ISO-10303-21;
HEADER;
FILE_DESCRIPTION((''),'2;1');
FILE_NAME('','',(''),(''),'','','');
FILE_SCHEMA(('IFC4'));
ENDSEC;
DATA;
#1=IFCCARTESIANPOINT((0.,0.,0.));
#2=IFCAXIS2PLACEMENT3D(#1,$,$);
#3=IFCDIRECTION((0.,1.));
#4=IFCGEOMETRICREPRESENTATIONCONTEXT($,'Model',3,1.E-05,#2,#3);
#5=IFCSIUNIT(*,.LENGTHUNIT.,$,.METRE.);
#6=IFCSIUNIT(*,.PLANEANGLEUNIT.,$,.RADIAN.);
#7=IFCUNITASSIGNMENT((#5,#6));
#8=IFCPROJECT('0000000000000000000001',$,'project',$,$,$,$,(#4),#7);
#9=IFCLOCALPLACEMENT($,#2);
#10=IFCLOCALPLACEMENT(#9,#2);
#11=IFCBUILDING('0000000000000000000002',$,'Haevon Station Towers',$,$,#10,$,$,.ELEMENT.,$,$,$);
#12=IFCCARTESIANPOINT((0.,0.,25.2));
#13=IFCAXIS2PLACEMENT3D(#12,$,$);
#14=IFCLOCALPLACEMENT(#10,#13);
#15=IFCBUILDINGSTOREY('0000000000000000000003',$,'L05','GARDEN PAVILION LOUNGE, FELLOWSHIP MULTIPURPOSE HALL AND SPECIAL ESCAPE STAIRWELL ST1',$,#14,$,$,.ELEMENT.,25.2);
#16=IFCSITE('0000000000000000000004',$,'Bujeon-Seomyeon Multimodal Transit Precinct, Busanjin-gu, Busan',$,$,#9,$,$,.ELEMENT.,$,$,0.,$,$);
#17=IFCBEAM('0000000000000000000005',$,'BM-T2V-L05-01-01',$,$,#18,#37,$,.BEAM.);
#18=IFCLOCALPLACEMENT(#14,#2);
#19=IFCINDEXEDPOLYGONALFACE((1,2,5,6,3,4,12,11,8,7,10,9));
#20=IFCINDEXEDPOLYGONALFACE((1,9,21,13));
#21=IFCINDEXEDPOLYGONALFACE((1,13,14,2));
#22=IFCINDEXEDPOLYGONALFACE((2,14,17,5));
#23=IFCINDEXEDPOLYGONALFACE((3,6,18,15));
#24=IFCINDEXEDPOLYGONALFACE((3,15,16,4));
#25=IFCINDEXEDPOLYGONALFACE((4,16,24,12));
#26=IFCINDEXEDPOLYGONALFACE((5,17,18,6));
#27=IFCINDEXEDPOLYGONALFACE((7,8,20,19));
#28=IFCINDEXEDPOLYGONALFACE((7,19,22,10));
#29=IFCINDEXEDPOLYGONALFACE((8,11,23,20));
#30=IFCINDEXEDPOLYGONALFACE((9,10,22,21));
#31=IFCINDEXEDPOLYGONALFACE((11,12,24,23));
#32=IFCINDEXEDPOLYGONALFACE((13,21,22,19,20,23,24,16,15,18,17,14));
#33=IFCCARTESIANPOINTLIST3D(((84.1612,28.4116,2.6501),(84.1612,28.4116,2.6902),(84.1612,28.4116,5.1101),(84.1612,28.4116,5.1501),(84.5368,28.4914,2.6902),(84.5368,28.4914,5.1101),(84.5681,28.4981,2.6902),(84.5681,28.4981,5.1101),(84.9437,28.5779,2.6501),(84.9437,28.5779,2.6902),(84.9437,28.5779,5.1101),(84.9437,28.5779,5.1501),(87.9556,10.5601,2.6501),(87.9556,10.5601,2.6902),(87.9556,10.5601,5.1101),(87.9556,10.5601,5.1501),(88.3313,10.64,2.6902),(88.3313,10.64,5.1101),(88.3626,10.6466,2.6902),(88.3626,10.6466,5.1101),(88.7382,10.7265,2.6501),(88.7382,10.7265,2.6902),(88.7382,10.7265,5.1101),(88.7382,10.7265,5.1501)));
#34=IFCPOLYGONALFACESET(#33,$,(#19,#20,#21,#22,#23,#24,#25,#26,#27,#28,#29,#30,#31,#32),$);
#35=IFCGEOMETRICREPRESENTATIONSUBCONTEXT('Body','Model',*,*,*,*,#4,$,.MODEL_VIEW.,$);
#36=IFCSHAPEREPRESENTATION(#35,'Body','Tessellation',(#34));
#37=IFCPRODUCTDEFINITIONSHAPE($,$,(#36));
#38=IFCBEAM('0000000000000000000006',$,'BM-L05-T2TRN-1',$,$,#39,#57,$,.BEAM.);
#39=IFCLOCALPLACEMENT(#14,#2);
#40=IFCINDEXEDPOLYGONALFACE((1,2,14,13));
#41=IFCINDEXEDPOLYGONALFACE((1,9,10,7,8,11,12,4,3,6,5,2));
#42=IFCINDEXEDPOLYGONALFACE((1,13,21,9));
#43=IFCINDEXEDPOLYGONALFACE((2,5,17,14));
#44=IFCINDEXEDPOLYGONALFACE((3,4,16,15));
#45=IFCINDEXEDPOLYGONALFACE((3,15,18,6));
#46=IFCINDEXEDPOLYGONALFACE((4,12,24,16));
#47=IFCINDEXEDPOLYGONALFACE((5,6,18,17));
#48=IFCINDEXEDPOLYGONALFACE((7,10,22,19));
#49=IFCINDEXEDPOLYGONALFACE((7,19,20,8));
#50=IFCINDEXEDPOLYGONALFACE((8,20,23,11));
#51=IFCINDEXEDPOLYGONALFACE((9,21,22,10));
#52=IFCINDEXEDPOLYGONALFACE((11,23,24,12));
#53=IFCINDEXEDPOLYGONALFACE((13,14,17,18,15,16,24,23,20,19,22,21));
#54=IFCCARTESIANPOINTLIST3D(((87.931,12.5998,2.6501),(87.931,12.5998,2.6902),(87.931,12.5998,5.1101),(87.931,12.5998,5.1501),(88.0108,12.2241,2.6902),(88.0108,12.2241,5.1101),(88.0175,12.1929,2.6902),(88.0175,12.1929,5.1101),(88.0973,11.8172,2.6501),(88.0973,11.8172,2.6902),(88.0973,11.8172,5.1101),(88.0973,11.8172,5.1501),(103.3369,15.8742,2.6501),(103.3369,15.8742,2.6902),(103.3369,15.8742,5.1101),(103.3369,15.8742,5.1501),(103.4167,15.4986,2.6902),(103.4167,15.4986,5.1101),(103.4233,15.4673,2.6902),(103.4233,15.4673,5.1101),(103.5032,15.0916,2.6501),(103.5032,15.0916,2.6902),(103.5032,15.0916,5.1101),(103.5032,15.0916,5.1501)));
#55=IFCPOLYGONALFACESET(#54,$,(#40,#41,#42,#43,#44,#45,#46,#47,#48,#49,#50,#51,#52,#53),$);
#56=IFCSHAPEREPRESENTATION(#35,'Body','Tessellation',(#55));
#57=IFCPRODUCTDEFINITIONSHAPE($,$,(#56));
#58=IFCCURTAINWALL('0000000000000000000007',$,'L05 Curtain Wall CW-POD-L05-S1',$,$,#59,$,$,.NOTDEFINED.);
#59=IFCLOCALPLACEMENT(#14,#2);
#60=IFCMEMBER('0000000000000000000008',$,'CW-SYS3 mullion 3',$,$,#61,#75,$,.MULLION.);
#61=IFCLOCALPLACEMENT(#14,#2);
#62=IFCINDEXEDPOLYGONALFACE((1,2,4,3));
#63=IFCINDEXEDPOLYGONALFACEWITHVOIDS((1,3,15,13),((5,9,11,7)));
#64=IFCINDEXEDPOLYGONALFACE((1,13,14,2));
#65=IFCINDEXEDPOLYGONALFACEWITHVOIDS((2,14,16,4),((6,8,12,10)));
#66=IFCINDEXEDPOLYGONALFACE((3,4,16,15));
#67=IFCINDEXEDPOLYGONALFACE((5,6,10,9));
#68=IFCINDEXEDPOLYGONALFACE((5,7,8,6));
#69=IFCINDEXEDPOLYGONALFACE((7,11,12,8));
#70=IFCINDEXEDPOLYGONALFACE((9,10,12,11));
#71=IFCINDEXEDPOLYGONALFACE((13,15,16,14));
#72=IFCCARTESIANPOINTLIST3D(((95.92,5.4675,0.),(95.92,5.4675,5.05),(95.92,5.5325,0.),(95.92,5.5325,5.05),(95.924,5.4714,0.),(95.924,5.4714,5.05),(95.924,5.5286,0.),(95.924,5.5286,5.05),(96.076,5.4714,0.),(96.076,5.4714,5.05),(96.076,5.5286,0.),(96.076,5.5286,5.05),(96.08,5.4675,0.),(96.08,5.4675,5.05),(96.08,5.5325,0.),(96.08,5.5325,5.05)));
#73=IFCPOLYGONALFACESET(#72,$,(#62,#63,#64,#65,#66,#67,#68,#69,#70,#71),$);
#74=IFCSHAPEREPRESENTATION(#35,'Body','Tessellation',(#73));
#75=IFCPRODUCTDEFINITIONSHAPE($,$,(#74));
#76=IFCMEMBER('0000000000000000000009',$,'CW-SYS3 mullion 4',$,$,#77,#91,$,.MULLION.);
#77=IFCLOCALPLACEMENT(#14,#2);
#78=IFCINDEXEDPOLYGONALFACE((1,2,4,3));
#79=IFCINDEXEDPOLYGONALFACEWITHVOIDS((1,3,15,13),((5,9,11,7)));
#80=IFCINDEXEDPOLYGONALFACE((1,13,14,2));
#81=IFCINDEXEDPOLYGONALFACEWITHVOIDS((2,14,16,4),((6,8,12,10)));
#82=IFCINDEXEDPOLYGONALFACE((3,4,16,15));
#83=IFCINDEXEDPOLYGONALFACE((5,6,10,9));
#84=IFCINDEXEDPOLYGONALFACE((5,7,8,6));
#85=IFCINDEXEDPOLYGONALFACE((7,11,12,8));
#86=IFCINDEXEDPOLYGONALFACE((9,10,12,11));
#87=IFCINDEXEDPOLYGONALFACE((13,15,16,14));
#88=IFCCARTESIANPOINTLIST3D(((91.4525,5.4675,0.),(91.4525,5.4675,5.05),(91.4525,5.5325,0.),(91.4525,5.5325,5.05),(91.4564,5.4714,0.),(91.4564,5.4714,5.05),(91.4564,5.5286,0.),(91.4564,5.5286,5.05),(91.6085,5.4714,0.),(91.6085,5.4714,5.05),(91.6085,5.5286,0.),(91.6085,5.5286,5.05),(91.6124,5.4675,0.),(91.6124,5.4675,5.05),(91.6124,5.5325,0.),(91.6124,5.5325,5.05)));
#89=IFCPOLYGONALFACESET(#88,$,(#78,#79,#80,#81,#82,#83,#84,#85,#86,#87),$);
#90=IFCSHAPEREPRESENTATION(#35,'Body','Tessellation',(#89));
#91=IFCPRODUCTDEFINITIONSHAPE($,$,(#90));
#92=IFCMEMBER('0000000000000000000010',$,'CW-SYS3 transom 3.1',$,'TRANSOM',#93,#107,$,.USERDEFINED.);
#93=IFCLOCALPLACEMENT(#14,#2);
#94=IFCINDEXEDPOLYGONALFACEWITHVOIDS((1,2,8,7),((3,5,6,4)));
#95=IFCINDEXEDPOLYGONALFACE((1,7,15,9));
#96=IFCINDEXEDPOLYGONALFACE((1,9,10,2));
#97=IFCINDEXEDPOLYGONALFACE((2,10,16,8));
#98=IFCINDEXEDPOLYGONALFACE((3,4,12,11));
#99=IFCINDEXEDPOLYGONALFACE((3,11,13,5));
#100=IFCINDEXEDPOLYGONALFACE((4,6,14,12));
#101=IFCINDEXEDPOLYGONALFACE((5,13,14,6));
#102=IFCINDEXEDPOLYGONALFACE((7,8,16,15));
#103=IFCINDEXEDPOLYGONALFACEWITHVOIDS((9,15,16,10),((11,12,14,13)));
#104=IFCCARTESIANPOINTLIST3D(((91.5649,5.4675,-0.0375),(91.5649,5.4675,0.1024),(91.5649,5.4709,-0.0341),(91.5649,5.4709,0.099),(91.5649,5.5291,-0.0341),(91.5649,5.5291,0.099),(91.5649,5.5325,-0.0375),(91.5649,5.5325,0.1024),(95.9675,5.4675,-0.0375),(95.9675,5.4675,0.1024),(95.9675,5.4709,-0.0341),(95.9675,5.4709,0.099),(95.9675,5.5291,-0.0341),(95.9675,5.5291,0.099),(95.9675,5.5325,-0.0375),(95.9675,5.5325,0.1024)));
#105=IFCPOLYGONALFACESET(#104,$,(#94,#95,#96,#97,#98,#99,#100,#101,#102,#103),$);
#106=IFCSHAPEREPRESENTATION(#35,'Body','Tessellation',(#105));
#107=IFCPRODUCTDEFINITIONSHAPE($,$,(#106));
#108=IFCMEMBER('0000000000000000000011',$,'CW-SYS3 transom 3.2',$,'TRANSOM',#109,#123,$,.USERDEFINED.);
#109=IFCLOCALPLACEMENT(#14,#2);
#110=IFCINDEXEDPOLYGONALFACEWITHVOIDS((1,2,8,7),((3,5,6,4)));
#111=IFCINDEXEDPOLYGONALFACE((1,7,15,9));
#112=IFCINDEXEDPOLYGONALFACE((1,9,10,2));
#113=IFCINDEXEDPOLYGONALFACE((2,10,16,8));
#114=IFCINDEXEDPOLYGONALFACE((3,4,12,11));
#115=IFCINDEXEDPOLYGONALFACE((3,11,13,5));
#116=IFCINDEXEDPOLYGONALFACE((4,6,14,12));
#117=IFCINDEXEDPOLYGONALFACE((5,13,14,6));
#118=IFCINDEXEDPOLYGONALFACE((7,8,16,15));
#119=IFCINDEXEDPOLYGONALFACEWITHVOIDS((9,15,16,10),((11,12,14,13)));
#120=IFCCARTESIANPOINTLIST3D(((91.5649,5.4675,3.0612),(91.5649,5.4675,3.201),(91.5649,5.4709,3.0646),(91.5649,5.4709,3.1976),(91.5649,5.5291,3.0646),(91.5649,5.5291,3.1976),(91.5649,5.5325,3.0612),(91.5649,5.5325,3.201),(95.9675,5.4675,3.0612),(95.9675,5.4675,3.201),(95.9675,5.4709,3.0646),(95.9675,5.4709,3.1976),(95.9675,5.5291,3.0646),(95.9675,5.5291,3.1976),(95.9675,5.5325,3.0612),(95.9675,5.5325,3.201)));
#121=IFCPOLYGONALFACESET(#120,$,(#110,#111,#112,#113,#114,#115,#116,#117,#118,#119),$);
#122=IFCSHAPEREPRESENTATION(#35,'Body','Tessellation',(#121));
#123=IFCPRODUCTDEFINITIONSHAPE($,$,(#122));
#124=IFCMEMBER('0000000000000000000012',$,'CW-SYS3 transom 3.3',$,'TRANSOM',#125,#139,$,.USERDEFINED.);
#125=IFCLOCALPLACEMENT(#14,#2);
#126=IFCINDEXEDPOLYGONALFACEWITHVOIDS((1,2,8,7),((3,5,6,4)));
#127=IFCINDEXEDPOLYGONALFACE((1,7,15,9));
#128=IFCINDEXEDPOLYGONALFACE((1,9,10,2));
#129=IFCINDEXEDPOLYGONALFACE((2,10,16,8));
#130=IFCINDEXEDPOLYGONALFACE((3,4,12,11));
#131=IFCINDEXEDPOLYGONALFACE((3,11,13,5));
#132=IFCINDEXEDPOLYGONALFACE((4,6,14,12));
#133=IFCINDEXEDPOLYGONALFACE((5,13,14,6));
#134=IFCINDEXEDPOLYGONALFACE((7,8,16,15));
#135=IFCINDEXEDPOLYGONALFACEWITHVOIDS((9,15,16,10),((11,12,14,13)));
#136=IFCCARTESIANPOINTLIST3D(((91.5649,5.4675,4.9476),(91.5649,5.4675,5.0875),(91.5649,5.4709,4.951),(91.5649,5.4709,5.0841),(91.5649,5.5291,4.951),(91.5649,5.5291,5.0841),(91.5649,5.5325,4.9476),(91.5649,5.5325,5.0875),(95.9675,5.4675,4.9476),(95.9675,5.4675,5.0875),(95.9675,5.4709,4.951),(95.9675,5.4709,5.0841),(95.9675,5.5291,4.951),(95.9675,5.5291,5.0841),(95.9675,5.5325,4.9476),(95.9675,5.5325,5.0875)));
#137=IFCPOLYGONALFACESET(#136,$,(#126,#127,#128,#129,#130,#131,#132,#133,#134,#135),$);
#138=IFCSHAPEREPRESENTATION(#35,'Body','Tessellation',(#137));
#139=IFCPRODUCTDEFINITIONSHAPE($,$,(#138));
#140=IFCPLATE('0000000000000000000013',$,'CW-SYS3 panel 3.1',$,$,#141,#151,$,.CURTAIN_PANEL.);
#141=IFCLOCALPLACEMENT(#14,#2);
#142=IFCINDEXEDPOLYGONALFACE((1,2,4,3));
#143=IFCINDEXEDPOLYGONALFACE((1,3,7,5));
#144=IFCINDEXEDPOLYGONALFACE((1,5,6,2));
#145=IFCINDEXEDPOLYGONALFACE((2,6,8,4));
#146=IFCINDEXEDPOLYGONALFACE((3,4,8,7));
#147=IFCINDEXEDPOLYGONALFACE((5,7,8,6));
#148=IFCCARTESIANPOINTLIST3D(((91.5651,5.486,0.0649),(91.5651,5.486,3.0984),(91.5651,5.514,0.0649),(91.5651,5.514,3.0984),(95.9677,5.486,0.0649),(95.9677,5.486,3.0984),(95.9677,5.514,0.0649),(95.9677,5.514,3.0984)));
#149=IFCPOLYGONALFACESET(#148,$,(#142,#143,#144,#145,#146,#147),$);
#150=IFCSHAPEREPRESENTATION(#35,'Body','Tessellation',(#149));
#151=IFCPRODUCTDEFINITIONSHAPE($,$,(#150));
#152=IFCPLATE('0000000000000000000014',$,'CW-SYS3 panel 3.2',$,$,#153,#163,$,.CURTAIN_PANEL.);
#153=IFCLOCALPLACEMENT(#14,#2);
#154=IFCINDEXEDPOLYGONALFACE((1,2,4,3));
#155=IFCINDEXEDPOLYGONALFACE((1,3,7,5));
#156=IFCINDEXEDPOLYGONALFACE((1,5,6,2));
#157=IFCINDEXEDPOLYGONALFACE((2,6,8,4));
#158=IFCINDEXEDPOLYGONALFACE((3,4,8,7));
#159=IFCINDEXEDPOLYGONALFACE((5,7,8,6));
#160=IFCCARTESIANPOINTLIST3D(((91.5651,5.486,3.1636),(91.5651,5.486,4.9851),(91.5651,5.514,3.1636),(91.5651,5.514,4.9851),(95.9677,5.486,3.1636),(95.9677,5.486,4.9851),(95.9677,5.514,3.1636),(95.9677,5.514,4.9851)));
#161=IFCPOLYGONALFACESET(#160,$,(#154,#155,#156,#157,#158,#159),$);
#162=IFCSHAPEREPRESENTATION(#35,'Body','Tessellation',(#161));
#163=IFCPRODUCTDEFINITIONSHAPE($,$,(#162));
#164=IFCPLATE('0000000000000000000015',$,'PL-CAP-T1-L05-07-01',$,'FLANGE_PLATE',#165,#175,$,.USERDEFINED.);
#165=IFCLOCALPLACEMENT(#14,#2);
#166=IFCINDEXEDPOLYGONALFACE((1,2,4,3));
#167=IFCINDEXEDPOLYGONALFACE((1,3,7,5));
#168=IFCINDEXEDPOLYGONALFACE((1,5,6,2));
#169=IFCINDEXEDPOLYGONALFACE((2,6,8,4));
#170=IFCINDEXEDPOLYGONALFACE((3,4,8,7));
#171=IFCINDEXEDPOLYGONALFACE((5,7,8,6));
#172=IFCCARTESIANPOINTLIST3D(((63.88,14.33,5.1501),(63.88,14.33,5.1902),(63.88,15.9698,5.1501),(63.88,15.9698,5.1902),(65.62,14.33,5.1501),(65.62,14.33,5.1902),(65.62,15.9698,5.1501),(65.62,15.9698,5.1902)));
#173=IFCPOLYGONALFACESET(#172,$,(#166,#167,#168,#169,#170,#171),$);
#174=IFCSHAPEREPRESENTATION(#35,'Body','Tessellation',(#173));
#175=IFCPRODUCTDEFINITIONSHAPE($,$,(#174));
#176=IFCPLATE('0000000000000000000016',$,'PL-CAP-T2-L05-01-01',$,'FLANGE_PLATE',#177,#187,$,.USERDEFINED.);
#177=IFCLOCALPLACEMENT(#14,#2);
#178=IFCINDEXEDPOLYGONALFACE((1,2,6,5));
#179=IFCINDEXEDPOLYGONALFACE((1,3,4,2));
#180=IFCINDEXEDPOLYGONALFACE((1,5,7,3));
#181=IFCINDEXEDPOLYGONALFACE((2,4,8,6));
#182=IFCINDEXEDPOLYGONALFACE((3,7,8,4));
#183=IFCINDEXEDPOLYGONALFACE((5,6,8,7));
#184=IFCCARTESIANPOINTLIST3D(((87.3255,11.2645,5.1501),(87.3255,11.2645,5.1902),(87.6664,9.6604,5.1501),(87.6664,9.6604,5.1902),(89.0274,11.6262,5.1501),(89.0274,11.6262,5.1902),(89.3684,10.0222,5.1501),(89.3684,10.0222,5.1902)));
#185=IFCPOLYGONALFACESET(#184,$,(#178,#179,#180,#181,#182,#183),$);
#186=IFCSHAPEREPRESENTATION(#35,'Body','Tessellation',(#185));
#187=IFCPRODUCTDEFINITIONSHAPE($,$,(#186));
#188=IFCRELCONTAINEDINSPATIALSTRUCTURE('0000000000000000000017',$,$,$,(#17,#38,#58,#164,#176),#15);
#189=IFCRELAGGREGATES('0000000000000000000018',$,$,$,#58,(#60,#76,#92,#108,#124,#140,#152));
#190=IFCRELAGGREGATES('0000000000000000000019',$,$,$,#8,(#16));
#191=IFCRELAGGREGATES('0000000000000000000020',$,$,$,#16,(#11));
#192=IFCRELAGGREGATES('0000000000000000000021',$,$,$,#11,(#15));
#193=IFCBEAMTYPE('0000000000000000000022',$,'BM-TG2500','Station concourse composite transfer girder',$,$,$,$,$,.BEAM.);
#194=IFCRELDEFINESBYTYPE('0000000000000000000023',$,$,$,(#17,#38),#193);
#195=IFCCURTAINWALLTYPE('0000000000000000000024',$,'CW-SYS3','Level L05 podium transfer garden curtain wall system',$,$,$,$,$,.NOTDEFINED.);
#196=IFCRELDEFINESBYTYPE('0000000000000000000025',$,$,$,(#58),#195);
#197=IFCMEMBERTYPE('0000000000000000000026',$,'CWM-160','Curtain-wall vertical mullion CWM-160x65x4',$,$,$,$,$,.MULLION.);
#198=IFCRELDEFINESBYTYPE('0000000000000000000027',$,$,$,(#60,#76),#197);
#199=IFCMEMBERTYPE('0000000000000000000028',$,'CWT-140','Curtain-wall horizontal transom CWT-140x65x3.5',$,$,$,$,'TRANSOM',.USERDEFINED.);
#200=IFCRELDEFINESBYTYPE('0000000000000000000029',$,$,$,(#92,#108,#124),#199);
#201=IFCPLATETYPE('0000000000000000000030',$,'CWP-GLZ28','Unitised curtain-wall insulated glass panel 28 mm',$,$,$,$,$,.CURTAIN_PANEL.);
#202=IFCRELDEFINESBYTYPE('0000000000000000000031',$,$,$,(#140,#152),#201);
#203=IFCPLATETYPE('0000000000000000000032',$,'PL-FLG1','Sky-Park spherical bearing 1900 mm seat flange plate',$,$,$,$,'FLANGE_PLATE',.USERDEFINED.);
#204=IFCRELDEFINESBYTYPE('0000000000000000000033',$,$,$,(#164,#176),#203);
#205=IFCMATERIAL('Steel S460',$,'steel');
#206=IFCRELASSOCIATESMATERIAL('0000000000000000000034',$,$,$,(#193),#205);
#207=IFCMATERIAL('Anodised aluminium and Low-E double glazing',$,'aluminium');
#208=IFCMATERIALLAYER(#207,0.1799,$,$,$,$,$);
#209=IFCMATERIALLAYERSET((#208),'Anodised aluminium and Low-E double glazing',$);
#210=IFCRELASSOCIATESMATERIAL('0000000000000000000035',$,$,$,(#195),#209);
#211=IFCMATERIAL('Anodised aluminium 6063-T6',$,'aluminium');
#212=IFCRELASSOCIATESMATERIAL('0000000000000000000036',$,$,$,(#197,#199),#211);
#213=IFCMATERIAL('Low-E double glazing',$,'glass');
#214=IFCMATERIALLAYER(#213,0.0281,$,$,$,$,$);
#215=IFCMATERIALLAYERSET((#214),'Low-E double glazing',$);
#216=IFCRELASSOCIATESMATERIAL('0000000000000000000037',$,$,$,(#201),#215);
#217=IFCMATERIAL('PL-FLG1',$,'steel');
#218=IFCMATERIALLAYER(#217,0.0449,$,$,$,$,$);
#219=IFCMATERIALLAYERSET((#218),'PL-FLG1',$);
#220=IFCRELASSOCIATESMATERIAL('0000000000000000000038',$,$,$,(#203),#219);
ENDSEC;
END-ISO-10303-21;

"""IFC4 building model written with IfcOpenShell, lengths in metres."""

from ifc_helpers import new_model, si_unit, direction, frame, origin, origin_2d, place, context, subcontext, project, spatial, rectangle, hollow_rectangle, i_section, extrude, material, layer, layer_set, material_profile, profile_set, type_object, element, aggregate, save


model = new_model("IFC4")

# Units and contexts
model_context = context("Model", 3, precision=1e-05, world=origin(), true_north=direction((0.0, 1.0)))
body_context = subcontext(model_context, "Body", "Model", "MODEL_VIEW")
ifc_project = project(units=[si_unit("LENGTHUNIT", "METRE"), si_unit("PLANEANGLEUNIT", "RADIAN")], contexts=[model_context])

# Site, building, storey
site_placement = place(None, origin())
site = spatial("IfcSite", under=ifc_project, at=site_placement, Name="Bujeon-Seomyeon Multimodal Transit Precinct, Busanjin-gu, Busan", CompositionType="ELEMENT", RefElevation=0.0)
building_placement = place(site_placement, origin())
building = spatial("IfcBuilding", under=site, at=building_placement, Name="Haevon Station Towers", CompositionType="ELEMENT")
storey_placement = place(building_placement, frame((0.0, 0.0, 25.2)))
storey = spatial("IfcBuildingStorey", under=building, at=storey_placement, Name="L05", Description="GARDEN PAVILION LOUNGE, FELLOWSHIP MULTIPURPOSE HALL AND SPECIAL ESCAPE STAIRWELL ST1", CompositionType="ELEMENT", Elevation=25.2)

# Shared definitions
ifc_material_1 = material(Name="Steel S460", Category="steel")

# Beams
ifc_material_profile_1 = material_profile(ifc_material_1, i_section(OverallWidth=0.8, OverallDepth=2.5, WebThickness=0.032, FlangeThickness=0.04, at=origin_2d()), Name="H-2500x800x32x40")
ifc_profile_set_1 = profile_set([ifc_material_profile_1], Name="Steel S460")
beam_type_1 = type_object("IfcBeamType", Name="BM-TG2500", Description="Station concourse composite transfer girder", PredefinedType="BEAM", material=ifc_profile_set_1)
beam_1_placement = place(storey_placement, frame((88.3469, 10.6433, 3.9001), z_axis=(-0.207913, 0.978147, 0.0), x_axis=(-0.978147, -0.207913, 0.0)))
element("IfcBeam", 1, at=beam_1_placement, inside=storey, type_object=beam_type_1, Name="BM-T2V-L05-01-01", PredefinedType="BEAM", context=body_context, shape_type="SweptSolid", body=[
    extrude(i_section(OverallWidth=0.8, OverallDepth=2.5, WebThickness=0.032, FlangeThickness=0.04, at=origin_2d()), origin(), (0.0, 0.0, 1.0), 18.2502),
])
beam_2_placement = place(storey_placement, frame((88.0142, 12.2085, 3.9001), z_axis=(0.97815, 0.207901, 0.0), x_axis=(-0.207901, 0.97815, 0.0)))
element("IfcBeam", 2, at=beam_2_placement, inside=storey, type_object=beam_type_1, Name="BM-L05-T2TRN-1", PredefinedType="BEAM", context=body_context, shape_type="SweptSolid", body=[
    extrude(i_section(OverallWidth=0.8, OverallDepth=2.5, WebThickness=0.032, FlangeThickness=0.04, at=origin_2d()), origin(), (0.0, 0.0, 1.0), 15.75),
])

# Curtain wall, members, plates
ifc_material_2 = material(Name="Anodised aluminium and Low-E double glazing", Category="aluminium")
ifc_layer_1 = layer(ifc_material_2, 0.1799)
ifc_layer_set_1 = layer_set([ifc_layer_1], Name="Anodised aluminium and Low-E double glazing")
curtain_wall_type = type_object("IfcCurtainWallType", Name="CW-SYS3", Description="Level L05 podium transfer garden curtain wall system", PredefinedType="NOTDEFINED", material=ifc_layer_set_1)
curtain_wall_placement = place(storey_placement, origin())
curtain_wall = element("IfcCurtainWall", 3, at=curtain_wall_placement, inside=storey, type_object=curtain_wall_type, Name="L05 Curtain Wall CW-POD-L05-S1", PredefinedType="NOTDEFINED")
ifc_material_3 = material(Name="Anodised aluminium 6063-T6", Category="aluminium")
ifc_material_profile_2 = material_profile(ifc_material_3, hollow_rectangle(XDim=0.0649, YDim=0.1599, WallThickness=0.0039, at=origin_2d()), Name="CWM-160x65x4")
ifc_profile_set_2 = profile_set([ifc_material_profile_2], Name="Anodised aluminium 6063-T6")
member_type_1 = type_object("IfcMemberType", Name="CWM-160", Description="Curtain-wall vertical mullion CWM-160x65x4", PredefinedType="MULLION", material=ifc_profile_set_2)
member_1_placement = place(storey_placement, frame((96.0, 5.5, 0.0), z_axis=(0.0, 0.0, 1.0), x_axis=(0.0, -1.0, 0.0)))
member_1 = element("IfcMember", 4, at=member_1_placement, type_object=member_type_1, Name="CW-SYS3 mullion 3", PredefinedType="MULLION", context=body_context, shape_type="SweptSolid", body=[
    extrude(hollow_rectangle(XDim=0.0649, YDim=0.1599, WallThickness=0.0039, at=origin_2d()), origin(), (0.0, 0.0, 1.0), 5.05),
])
member_2_placement = place(storey_placement, frame((91.5325, 5.5, 0.0), z_axis=(0.0, 0.0, 1.0), x_axis=(0.0, -1.0, 0.0)))
member_2 = element("IfcMember", 5, at=member_2_placement, type_object=member_type_1, Name="CW-SYS3 mullion 4", PredefinedType="MULLION", context=body_context, shape_type="SweptSolid", body=[
    extrude(hollow_rectangle(XDim=0.0649, YDim=0.1599, WallThickness=0.0039, at=origin_2d()), origin(), (0.0, 0.0, 1.0), 5.05),
])
ifc_material_profile_3 = material_profile(ifc_material_3, hollow_rectangle(XDim=0.0649, YDim=0.1399, WallThickness=0.0034, at=origin_2d()), Name="CWT-140x65x3.5")
ifc_profile_set_3 = profile_set([ifc_material_profile_3], Name="Anodised aluminium 6063-T6")
member_type_2 = type_object("IfcMemberType", Name="CWT-140", Description="Curtain-wall horizontal transom CWT-140x65x3.5", ElementType="TRANSOM", PredefinedType="USERDEFINED", material=ifc_profile_set_3)
member_3_placement = place(storey_placement, frame((95.9675, 5.5, 0.0325), z_axis=(-1.0, 0.0, 0.0), x_axis=(0.0, -1.0, 0.0)))
member_3 = element("IfcMember", 6, at=member_3_placement, type_object=member_type_2, Name="CW-SYS3 transom 3.1", ObjectType="TRANSOM", PredefinedType="USERDEFINED", context=body_context, shape_type="SweptSolid", body=[
    extrude(hollow_rectangle(XDim=0.0649, YDim=0.1399, WallThickness=0.0034, at=origin_2d()), origin(), (0.0, 0.0, 1.0), 4.4026),
])
member_4_placement = place(storey_placement, frame((95.9675, 5.5, 3.1311), z_axis=(-1.0, 0.0, 0.0), x_axis=(0.0, -1.0, 0.0)))
member_4 = element("IfcMember", 7, at=member_4_placement, type_object=member_type_2, Name="CW-SYS3 transom 3.2", ObjectType="TRANSOM", PredefinedType="USERDEFINED", context=body_context, shape_type="SweptSolid", body=[
    extrude(hollow_rectangle(XDim=0.0649, YDim=0.1399, WallThickness=0.0034, at=origin_2d()), origin(), (0.0, 0.0, 1.0), 4.4026),
])
member_5_placement = place(storey_placement, frame((95.9675, 5.5, 5.0176), z_axis=(-1.0, 0.0, 0.0), x_axis=(0.0, -1.0, 0.0)))
member_5 = element("IfcMember", 8, at=member_5_placement, type_object=member_type_2, Name="CW-SYS3 transom 3.3", ObjectType="TRANSOM", PredefinedType="USERDEFINED", context=body_context, shape_type="SweptSolid", body=[
    extrude(hollow_rectangle(XDim=0.0649, YDim=0.1399, WallThickness=0.0034, at=origin_2d()), origin(), (0.0, 0.0, 1.0), 4.4026),
])
ifc_material_4 = material(Name="Low-E double glazing", Category="glass")
ifc_layer_2 = layer(ifc_material_4, 0.0281)
ifc_layer_set_2 = layer_set([ifc_layer_2], Name="Low-E double glazing")
plate_type_1 = type_object("IfcPlateType", Name="CWP-GLZ28", Description="Unitised curtain-wall insulated glass panel 28 mm", PredefinedType="CURTAIN_PANEL", material=ifc_layer_set_2)
plate_1_placement = place(storey_placement, frame((93.7664, 5.5, 0.0649), z_axis=(0.0, 0.0, 1.0), x_axis=(-1.0, 0.0, 0.0)))
plate_1 = element("IfcPlate", 9, at=plate_1_placement, type_object=plate_type_1, Name="CW-SYS3 panel 3.1", PredefinedType="CURTAIN_PANEL", context=body_context, shape_type="SweptSolid", body=[
    extrude(rectangle(XDim=4.4026, YDim=0.0281, at=origin_2d()), origin(), (0.0, 0.0, 1.0), 3.0334),
])
plate_2_placement = place(storey_placement, frame((93.7664, 5.5, 3.1636), z_axis=(0.0, 0.0, 1.0), x_axis=(-1.0, 0.0, 0.0)))
plate_2 = element("IfcPlate", 10, at=plate_2_placement, type_object=plate_type_1, Name="CW-SYS3 panel 3.2", PredefinedType="CURTAIN_PANEL", context=body_context, shape_type="SweptSolid", body=[
    extrude(rectangle(XDim=4.4026, YDim=0.0281, at=origin_2d()), origin(), (0.0, 0.0, 1.0), 1.8215),
])
aggregate(curtain_wall, [member_1, member_2, member_3, member_4, member_5, plate_1, plate_2])

# Plates
ifc_material_5 = material(Name="PL-FLG1", Category="steel")
ifc_layer_3 = layer(ifc_material_5, 0.0449)
ifc_layer_set_3 = layer_set([ifc_layer_3], Name="PL-FLG1")
plate_type_2 = type_object("IfcPlateType", Name="PL-FLG1", Description="Sky-Park spherical bearing 1900 mm seat flange plate", ElementType="FLANGE_PLATE", PredefinedType="USERDEFINED", material=ifc_layer_set_3)
for number, where, z_axis, x_axis, name in (
    (11, (64.75, 15.1499, 5.1501), (0.0, 0.0, 1.0), (1.0, 0.0, 0.0), "PL-CAP-T1-L05-07-01"),
    (12, (88.3469, 10.6433, 5.1501), (0.0, 0.0, 1.0), (0.978148, 0.207912, 0.0), "PL-CAP-T2-L05-01-01"),
):
    element("IfcPlate", number, at=place(storey_placement, frame(where, z_axis=z_axis, x_axis=x_axis)), inside=storey, type_object=plate_type_2, Name=name, ObjectType="FLANGE_PLATE", PredefinedType="USERDEFINED", context=body_context, shape_type="SweptSolid", body=[
        extrude(rectangle(XDim=1.74, YDim=1.6399, at=origin_2d()), origin(), (0.0, 0.0, 1.0), 0.04),
    ])

save(model, "model.ifc")
